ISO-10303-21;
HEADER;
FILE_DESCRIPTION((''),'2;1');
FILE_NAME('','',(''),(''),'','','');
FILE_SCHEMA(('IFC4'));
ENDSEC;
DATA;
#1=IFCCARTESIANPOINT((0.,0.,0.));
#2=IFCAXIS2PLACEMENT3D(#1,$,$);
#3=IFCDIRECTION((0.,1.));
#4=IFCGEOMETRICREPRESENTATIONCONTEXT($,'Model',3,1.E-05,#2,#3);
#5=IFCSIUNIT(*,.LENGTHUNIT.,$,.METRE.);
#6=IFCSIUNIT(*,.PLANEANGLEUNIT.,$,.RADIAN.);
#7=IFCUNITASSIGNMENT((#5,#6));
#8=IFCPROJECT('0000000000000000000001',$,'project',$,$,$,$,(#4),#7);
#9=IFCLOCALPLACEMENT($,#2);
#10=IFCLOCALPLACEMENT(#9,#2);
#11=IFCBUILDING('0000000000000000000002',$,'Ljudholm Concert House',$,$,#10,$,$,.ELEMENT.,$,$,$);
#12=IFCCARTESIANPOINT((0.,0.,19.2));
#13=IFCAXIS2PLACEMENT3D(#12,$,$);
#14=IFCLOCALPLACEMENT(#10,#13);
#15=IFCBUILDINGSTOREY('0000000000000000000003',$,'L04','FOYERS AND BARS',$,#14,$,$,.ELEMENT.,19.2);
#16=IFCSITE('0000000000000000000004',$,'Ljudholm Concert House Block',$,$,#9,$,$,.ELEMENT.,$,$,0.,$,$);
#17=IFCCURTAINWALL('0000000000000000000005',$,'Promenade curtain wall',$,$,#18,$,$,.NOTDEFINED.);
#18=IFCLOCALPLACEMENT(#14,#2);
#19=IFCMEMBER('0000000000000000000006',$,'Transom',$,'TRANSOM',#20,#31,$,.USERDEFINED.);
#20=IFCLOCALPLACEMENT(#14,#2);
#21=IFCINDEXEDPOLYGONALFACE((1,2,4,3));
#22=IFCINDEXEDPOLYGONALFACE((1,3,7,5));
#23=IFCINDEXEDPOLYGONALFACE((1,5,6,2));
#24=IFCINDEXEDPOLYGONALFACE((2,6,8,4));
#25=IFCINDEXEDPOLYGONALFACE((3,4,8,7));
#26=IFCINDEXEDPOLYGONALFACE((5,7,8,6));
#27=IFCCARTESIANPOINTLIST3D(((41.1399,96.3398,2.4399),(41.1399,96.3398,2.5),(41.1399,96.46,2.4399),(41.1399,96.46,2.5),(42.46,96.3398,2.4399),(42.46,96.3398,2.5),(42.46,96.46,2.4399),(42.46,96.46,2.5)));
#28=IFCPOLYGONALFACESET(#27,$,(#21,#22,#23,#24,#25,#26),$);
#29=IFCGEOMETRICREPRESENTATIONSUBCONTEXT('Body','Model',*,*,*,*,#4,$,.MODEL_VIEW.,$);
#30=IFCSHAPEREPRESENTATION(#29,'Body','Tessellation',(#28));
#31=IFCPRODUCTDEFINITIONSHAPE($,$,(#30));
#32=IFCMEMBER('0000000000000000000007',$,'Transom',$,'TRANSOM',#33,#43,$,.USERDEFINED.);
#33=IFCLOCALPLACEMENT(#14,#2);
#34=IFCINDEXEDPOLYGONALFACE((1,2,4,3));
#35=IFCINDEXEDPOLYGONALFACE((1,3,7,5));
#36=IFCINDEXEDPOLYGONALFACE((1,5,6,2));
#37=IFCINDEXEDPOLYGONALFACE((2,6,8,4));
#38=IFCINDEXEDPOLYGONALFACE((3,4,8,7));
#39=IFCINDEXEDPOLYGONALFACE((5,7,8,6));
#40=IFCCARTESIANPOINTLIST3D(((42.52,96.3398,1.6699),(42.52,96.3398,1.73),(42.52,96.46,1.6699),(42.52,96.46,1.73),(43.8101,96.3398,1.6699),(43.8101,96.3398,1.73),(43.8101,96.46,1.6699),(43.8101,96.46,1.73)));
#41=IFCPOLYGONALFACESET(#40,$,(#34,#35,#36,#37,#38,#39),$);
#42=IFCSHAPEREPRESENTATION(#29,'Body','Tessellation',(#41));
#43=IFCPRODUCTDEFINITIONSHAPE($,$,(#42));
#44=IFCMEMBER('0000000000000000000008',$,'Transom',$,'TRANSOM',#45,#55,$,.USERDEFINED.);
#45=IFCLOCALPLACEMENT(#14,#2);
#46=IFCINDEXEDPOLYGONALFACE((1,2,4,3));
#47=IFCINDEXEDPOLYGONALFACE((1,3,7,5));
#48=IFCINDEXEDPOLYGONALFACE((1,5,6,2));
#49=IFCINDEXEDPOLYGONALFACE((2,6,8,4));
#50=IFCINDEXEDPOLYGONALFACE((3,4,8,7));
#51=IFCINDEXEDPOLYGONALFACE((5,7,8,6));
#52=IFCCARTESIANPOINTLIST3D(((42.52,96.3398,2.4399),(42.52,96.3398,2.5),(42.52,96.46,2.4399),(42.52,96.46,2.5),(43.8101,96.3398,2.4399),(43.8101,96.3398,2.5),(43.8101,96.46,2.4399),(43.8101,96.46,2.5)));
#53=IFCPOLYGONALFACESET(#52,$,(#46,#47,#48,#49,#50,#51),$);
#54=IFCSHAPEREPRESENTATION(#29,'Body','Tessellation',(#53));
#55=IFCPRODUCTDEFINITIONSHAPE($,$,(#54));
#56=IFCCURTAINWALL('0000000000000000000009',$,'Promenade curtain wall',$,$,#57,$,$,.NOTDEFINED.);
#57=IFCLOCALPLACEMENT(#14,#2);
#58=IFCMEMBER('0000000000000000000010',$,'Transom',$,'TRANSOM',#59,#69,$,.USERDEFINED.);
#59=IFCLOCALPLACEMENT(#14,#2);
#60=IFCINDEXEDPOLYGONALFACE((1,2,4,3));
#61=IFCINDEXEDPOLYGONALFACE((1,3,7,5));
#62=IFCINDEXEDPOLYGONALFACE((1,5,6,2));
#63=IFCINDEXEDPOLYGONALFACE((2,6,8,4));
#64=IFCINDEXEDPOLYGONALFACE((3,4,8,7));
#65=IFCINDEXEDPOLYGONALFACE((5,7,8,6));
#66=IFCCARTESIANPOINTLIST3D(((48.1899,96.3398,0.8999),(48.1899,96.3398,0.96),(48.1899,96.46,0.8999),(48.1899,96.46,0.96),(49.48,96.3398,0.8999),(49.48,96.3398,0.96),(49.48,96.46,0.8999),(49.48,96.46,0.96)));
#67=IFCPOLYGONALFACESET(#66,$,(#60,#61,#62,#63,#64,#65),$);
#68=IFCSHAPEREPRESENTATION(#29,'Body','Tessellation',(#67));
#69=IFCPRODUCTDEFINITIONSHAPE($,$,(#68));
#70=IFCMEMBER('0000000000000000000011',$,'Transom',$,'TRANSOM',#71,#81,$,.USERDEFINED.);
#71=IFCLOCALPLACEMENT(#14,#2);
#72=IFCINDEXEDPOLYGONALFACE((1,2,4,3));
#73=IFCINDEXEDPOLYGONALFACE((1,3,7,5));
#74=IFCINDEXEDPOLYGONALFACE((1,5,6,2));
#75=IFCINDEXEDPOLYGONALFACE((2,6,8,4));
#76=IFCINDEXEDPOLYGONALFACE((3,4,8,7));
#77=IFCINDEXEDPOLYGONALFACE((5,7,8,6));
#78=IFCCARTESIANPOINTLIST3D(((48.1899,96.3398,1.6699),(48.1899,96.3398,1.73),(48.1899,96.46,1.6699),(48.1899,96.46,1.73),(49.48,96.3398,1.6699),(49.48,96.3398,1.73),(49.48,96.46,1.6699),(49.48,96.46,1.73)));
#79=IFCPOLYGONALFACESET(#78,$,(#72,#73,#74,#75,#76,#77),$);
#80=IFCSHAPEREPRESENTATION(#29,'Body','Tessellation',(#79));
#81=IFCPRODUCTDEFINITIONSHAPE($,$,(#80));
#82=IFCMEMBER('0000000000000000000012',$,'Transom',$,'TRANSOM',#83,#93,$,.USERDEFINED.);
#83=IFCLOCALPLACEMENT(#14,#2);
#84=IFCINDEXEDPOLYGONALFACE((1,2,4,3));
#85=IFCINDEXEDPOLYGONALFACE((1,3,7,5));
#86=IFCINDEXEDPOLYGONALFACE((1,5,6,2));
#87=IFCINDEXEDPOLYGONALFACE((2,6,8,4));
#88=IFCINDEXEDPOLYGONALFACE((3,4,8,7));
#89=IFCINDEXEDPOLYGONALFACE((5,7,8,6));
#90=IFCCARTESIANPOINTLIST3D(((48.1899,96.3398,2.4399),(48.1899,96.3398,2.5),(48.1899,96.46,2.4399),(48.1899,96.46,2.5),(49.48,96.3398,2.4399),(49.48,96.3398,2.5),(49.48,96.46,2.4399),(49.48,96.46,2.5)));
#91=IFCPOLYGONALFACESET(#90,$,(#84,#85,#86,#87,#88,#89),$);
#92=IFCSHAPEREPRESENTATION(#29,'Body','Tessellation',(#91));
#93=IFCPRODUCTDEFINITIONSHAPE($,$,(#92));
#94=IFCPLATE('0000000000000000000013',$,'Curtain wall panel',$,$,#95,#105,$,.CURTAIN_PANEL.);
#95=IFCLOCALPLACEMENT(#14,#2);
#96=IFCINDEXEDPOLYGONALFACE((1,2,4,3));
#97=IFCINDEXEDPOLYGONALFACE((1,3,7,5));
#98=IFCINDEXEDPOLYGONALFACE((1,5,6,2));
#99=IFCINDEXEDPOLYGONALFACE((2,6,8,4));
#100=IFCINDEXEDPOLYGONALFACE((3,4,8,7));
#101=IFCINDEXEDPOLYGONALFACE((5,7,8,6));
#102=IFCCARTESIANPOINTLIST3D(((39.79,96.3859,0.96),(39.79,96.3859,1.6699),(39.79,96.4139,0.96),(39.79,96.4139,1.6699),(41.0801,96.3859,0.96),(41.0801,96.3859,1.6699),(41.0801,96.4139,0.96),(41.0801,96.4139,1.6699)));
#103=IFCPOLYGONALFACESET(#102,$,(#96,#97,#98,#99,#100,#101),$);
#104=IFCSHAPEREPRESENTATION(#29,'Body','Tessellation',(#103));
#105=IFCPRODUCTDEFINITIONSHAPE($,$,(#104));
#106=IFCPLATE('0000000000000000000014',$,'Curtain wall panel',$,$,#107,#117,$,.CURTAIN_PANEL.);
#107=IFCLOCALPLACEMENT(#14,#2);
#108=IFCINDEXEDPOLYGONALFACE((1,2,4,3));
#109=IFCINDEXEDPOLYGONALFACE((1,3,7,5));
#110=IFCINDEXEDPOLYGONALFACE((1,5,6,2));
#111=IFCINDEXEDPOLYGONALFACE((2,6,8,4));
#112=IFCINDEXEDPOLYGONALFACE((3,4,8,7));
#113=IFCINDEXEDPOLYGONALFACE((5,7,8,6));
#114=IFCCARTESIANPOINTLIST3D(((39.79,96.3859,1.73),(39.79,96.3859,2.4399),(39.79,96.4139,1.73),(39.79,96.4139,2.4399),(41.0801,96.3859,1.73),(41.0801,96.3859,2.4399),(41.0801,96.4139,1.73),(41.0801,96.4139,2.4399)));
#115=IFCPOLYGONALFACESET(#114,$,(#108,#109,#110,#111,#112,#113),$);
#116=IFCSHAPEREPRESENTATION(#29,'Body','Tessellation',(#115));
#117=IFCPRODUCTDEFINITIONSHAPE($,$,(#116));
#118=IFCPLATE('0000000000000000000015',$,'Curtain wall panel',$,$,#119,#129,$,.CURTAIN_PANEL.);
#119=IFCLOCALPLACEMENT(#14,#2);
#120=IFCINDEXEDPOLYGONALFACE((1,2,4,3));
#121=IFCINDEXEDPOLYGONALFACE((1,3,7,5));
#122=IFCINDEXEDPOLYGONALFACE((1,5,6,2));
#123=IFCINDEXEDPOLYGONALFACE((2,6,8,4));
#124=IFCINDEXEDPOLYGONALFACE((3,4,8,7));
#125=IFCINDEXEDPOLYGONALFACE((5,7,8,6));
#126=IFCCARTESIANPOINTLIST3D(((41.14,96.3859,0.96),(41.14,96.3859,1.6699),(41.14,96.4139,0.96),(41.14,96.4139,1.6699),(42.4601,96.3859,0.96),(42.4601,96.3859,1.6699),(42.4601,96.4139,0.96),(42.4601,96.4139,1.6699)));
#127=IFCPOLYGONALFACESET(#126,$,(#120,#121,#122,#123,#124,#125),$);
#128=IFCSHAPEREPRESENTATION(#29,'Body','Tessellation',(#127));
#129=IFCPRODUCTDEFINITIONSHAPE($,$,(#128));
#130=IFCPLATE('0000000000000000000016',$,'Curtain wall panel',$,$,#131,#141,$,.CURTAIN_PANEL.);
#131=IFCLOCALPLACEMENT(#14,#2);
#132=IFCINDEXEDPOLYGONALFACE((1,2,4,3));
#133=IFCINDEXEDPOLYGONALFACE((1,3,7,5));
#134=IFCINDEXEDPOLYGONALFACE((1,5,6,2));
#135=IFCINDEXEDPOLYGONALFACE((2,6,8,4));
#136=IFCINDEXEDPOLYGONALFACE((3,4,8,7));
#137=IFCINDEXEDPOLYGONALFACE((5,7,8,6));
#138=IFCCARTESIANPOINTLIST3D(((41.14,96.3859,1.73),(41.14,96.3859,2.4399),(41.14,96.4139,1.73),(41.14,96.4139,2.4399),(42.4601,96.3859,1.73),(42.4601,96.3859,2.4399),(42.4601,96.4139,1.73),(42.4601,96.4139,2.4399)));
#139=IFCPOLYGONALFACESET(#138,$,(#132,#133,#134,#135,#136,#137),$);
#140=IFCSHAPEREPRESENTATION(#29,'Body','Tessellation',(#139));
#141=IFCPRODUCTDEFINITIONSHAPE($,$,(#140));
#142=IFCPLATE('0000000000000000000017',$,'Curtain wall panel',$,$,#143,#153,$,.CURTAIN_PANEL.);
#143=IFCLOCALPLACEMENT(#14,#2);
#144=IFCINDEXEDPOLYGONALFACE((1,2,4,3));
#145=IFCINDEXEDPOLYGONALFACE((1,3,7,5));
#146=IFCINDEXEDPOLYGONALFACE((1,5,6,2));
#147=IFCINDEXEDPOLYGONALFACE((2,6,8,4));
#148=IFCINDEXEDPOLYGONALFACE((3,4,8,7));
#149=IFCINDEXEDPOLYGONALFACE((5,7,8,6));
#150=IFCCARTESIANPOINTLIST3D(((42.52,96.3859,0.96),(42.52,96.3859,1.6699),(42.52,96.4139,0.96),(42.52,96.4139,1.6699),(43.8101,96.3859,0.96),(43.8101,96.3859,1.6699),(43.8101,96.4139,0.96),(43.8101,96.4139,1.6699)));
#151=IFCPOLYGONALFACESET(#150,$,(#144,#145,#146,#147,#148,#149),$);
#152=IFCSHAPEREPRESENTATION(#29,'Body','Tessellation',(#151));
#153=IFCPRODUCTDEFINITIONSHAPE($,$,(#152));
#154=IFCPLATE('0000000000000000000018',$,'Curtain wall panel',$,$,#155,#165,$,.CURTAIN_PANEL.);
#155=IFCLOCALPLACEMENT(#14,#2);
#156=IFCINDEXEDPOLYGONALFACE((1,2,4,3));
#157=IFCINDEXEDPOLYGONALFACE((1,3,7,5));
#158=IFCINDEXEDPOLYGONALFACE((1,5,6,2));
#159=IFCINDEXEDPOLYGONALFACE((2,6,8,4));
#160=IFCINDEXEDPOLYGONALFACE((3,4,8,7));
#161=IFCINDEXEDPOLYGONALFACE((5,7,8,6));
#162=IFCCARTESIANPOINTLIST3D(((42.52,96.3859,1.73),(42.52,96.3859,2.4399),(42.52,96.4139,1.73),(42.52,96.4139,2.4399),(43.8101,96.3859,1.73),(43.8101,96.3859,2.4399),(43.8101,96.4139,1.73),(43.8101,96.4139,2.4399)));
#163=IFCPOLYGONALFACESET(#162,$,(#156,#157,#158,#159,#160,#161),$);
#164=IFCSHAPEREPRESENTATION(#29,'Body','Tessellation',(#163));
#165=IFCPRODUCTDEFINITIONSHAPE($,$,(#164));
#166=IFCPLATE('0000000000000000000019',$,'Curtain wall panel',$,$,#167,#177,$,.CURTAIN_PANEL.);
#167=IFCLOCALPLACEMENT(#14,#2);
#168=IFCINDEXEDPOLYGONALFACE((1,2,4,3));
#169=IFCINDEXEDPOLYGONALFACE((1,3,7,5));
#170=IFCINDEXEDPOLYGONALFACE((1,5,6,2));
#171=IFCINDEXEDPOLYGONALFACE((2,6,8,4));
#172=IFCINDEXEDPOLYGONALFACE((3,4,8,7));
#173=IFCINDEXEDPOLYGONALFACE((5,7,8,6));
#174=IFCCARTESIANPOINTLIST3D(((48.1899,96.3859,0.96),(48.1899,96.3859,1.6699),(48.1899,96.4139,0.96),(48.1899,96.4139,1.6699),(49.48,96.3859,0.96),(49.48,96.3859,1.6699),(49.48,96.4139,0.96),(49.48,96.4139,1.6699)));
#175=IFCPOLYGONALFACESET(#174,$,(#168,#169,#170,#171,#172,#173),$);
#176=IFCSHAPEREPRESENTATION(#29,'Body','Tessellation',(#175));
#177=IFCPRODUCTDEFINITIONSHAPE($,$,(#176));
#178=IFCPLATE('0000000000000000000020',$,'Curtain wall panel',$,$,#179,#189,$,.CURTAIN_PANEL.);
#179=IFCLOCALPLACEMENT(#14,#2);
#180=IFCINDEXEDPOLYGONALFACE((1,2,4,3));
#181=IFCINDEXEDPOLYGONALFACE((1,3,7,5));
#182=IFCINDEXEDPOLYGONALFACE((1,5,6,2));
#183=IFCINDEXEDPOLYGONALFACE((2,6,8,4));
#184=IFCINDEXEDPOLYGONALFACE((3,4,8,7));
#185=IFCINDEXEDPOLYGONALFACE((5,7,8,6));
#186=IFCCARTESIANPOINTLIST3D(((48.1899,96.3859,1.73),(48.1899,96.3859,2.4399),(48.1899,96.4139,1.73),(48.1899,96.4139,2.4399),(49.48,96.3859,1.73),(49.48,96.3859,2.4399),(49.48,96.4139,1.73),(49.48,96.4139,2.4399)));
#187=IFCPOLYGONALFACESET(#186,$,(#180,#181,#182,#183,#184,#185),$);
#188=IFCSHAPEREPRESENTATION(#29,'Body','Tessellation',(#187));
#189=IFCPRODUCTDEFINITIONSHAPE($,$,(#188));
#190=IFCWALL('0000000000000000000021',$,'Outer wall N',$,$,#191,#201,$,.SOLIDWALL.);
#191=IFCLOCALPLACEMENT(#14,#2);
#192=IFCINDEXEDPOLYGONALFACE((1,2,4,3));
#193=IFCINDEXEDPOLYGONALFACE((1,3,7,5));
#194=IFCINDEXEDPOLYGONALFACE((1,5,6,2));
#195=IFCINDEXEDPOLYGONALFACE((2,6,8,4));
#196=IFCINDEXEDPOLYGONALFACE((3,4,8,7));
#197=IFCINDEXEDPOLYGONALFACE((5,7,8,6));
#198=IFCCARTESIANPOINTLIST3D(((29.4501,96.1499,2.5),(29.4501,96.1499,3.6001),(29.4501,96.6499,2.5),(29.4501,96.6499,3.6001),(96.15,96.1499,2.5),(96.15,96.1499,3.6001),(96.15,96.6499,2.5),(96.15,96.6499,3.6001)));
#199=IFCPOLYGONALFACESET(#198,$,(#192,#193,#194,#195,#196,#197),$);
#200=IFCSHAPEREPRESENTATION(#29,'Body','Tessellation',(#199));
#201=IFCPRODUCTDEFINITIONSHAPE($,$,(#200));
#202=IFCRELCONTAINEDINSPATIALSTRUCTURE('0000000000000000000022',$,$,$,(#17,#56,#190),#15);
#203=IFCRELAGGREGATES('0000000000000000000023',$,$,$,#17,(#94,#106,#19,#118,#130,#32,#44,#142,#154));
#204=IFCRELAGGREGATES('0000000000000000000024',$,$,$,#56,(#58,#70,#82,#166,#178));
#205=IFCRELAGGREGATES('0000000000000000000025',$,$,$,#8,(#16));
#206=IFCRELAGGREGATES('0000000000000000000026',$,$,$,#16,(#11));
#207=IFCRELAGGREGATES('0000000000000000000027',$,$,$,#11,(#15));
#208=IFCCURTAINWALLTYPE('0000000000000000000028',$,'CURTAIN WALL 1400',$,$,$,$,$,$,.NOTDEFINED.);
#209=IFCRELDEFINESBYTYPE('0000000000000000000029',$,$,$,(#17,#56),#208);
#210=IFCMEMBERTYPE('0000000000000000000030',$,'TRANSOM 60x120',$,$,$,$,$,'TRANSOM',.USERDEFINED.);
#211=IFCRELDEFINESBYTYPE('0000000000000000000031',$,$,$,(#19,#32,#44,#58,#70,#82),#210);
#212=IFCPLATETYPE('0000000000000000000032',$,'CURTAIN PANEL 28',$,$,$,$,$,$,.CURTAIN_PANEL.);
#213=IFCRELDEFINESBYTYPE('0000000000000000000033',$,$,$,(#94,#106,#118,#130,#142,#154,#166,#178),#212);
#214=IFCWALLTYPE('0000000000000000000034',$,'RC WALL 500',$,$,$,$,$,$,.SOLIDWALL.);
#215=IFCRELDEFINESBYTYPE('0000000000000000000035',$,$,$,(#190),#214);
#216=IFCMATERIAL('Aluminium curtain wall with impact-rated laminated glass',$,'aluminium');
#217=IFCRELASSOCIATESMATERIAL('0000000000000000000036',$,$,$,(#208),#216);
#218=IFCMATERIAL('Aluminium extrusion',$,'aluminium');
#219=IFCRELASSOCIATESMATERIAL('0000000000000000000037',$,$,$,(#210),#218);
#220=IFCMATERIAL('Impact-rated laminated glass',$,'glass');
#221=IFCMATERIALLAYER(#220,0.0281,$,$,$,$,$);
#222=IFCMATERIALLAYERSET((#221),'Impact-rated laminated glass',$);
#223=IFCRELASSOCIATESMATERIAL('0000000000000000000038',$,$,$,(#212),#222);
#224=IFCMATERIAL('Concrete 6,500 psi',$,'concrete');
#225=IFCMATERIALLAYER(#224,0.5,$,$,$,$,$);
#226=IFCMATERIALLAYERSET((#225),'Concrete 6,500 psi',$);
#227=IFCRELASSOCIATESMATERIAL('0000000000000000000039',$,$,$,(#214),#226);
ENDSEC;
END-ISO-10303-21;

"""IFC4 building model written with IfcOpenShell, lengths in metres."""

from ifc_helpers import new_model, si_unit, direction, frame, frame_2d, origin, origin_2d, place, context, subcontext, project, spatial, rectangle, extrude, material, layer, layer_set, material_profile, profile_set, type_object, element, aggregate, save


model = new_model("IFC4")

# Units and contexts
model_context = context("Model", 3, precision=1e-05, world=origin(), true_north=direction((0.0, 1.0)))
body_context = subcontext(model_context, "Body", "Model", "MODEL_VIEW")
ifc_project = project(units=[si_unit("LENGTHUNIT", "METRE"), si_unit("PLANEANGLEUNIT", "RADIAN")], contexts=[model_context])

# Site, building, storey
site_placement = place(None, origin())
site = spatial("IfcSite", under=ifc_project, at=site_placement, Name="Ljudholm Concert House Block", CompositionType="ELEMENT", RefElevation=0.0)
building_placement = place(site_placement, origin())
building = spatial("IfcBuilding", under=site, at=building_placement, Name="Ljudholm Concert House", CompositionType="ELEMENT")
storey_placement = place(building_placement, frame((0.0, 0.0, 19.2)))
storey = spatial("IfcBuildingStorey", under=building, at=storey_placement, Name="L04", Description="FOYERS AND BARS", CompositionType="ELEMENT", Elevation=19.2)

# Curtain walls, members
ifc_material_1 = material(Name="Aluminium curtain wall with impact-rated laminated glass", Category="aluminium")
curtain_wall_type = type_object("IfcCurtainWallType", Name="CURTAIN WALL 1400", PredefinedType="NOTDEFINED", material=ifc_material_1)
curtain_wall_1_placement = place(storey_placement, origin())
curtain_wall_1 = element("IfcCurtainWall", 1, at=curtain_wall_1_placement, inside=storey, type_object=curtain_wall_type, Name="Promenade curtain wall", PredefinedType="NOTDEFINED")
ifc_material_2 = material(Name="Aluminium extrusion", Category="aluminium")
ifc_material_profile_1 = material_profile(ifc_material_2, rectangle(XDim=0.1201, YDim=0.0601, at=origin_2d()), Name="TRANSOM 60x120")
ifc_profile_set_1 = profile_set([ifc_material_profile_1], Name="Aluminium extrusion")
member_type = type_object("IfcMemberType", Name="TRANSOM 60x120", ElementType="TRANSOM", PredefinedType="USERDEFINED", material=ifc_profile_set_1)
member_1_placement = place(storey_placement, frame((41.1399, 96.3999, 2.47), z_axis=(1.0, 0.0, 0.0), x_axis=(0.0, 1.0, 0.0)))
member_1 = element("IfcMember", 2, at=member_1_placement, type_object=member_type, Name="Transom", ObjectType="TRANSOM", PredefinedType="USERDEFINED", context=body_context, shape_type="SweptSolid", body=[
    extrude(rectangle(XDim=0.1201, YDim=0.0601, at=origin_2d()), origin(), (0.0, 0.0, 1.0), 1.3201),
])
member_2_placement = place(storey_placement, frame((42.52, 96.3999, 1.7), z_axis=(1.0, 0.0, 0.0), x_axis=(0.0, 1.0, 0.0)))
member_2 = element("IfcMember", 3, at=member_2_placement, type_object=member_type, Name="Transom", ObjectType="TRANSOM", PredefinedType="USERDEFINED", context=body_context, shape_type="SweptSolid", body=[
    extrude(rectangle(XDim=0.1201, YDim=0.0601, at=origin_2d()), origin(), (0.0, 0.0, 1.0), 1.29),
])
member_3_placement = place(storey_placement, frame((42.52, 96.3999, 2.47), z_axis=(1.0, 0.0, 0.0), x_axis=(0.0, 1.0, 0.0)))
member_3 = element("IfcMember", 4, at=member_3_placement, type_object=member_type, Name="Transom", ObjectType="TRANSOM", PredefinedType="USERDEFINED", context=body_context, shape_type="SweptSolid", body=[
    extrude(rectangle(XDim=0.1201, YDim=0.0601, at=origin_2d()), origin(), (0.0, 0.0, 1.0), 1.29),
])
curtain_wall_2_placement = place(storey_placement, origin())
curtain_wall_2 = element("IfcCurtainWall", 5, at=curtain_wall_2_placement, inside=storey, type_object=curtain_wall_type, Name="Promenade curtain wall", PredefinedType="NOTDEFINED")
member_4_placement = place(storey_placement, frame((48.1899, 96.3999, 0.9299), z_axis=(1.0, 0.0, 0.0), x_axis=(0.0, 1.0, 0.0)))
member_4 = element("IfcMember", 6, at=member_4_placement, type_object=member_type, Name="Transom", ObjectType="TRANSOM", PredefinedType="USERDEFINED", context=body_context, shape_type="SweptSolid", body=[
    extrude(rectangle(XDim=0.1201, YDim=0.0601, at=origin_2d()), origin(), (0.0, 0.0, 1.0), 1.29),
])
member_5_placement = place(storey_placement, frame((48.1899, 96.3999, 1.7), z_axis=(1.0, 0.0, 0.0), x_axis=(0.0, 1.0, 0.0)))
member_5 = element("IfcMember", 7, at=member_5_placement, type_object=member_type, Name="Transom", ObjectType="TRANSOM", PredefinedType="USERDEFINED", context=body_context, shape_type="SweptSolid", body=[
    extrude(rectangle(XDim=0.1201, YDim=0.0601, at=origin_2d()), origin(), (0.0, 0.0, 1.0), 1.29),
])
member_6_placement = place(storey_placement, frame((48.1899, 96.3999, 2.47), z_axis=(1.0, 0.0, 0.0), x_axis=(0.0, 1.0, 0.0)))
member_6 = element("IfcMember", 8, at=member_6_placement, type_object=member_type, Name="Transom", ObjectType="TRANSOM", PredefinedType="USERDEFINED", context=body_context, shape_type="SweptSolid", body=[
    extrude(rectangle(XDim=0.1201, YDim=0.0601, at=origin_2d()), origin(), (0.0, 0.0, 1.0), 1.29),
])

# Plates
ifc_material_3 = material(Name="Impact-rated laminated glass", Category="glass")
ifc_layer_1 = layer(ifc_material_3, 0.0281)
ifc_layer_set_1 = layer_set([ifc_layer_1], Name="Impact-rated laminated glass")
plate_type = type_object("IfcPlateType", Name="CURTAIN PANEL 28", PredefinedType="CURTAIN_PANEL", material=ifc_layer_set_1)
plate_1_placement = place(storey_placement, frame((40.4351, 96.3999, 0.96), z_axis=(0.0, 0.0, 1.0), x_axis=(1.0, 0.0, 0.0)))
plate_1 = element("IfcPlate", 9, at=plate_1_placement, type_object=plate_type, Name="Curtain wall panel", PredefinedType="CURTAIN_PANEL", context=body_context, shape_type="SweptSolid", body=[
    extrude(rectangle(XDim=1.29, YDim=0.0281, at=origin_2d()), origin(), (0.0, 0.0, 1.0), 0.71),
])
plate_2_placement = place(storey_placement, frame((40.4351, 96.3999, 1.73), z_axis=(0.0, 0.0, 1.0), x_axis=(1.0, 0.0, 0.0)))
plate_2 = element("IfcPlate", 10, at=plate_2_placement, type_object=plate_type, Name="Curtain wall panel", PredefinedType="CURTAIN_PANEL", context=body_context, shape_type="SweptSolid", body=[
    extrude(rectangle(XDim=1.29, YDim=0.0281, at=origin_2d()), origin(), (0.0, 0.0, 1.0), 0.71),
])
plate_3_placement = place(storey_placement, frame((41.8, 96.3999, 0.96), z_axis=(0.0, 0.0, 1.0), x_axis=(1.0, 0.0, 0.0)))
plate_3 = element("IfcPlate", 11, at=plate_3_placement, type_object=plate_type, Name="Curtain wall panel", PredefinedType="CURTAIN_PANEL", context=body_context, shape_type="SweptSolid", body=[
    extrude(rectangle(XDim=1.3201, YDim=0.0281, at=origin_2d()), origin(), (0.0, 0.0, 1.0), 0.71),
])
plate_4_placement = place(storey_placement, frame((41.8, 96.3999, 1.73), z_axis=(0.0, 0.0, 1.0), x_axis=(1.0, 0.0, 0.0)))
plate_4 = element("IfcPlate", 12, at=plate_4_placement, type_object=plate_type, Name="Curtain wall panel", PredefinedType="CURTAIN_PANEL", context=body_context, shape_type="SweptSolid", body=[
    extrude(rectangle(XDim=1.3201, YDim=0.0281, at=origin_2d()), origin(), (0.0, 0.0, 1.0), 0.71),
])
plate_5_placement = place(storey_placement, frame((43.165, 96.3999, 0.96), z_axis=(0.0, 0.0, 1.0), x_axis=(1.0, 0.0, 0.0)))
plate_5 = element("IfcPlate", 13, at=plate_5_placement, type_object=plate_type, Name="Curtain wall panel", PredefinedType="CURTAIN_PANEL", context=body_context, shape_type="SweptSolid", body=[
    extrude(rectangle(XDim=1.29, YDim=0.0281, at=origin_2d()), origin(), (0.0, 0.0, 1.0), 0.71),
])
plate_6_placement = place(storey_placement, frame((43.165, 96.3999, 1.73), z_axis=(0.0, 0.0, 1.0), x_axis=(1.0, 0.0, 0.0)))
plate_6 = element("IfcPlate", 14, at=plate_6_placement, type_object=plate_type, Name="Curtain wall panel", PredefinedType="CURTAIN_PANEL", context=body_context, shape_type="SweptSolid", body=[
    extrude(rectangle(XDim=1.29, YDim=0.0281, at=origin_2d()), origin(), (0.0, 0.0, 1.0), 0.71),
])
aggregate(curtain_wall_1, [plate_1, plate_2, member_1, plate_3, plate_4, member_2, member_3, plate_5, plate_6])
plate_7_placement = place(storey_placement, frame((48.835, 96.3999, 0.96), z_axis=(0.0, 0.0, 1.0), x_axis=(1.0, 0.0, 0.0)))
plate_7 = element("IfcPlate", 15, at=plate_7_placement, type_object=plate_type, Name="Curtain wall panel", PredefinedType="CURTAIN_PANEL", context=body_context, shape_type="SweptSolid", body=[
    extrude(rectangle(XDim=1.29, YDim=0.0281, at=origin_2d()), origin(), (0.0, 0.0, 1.0), 0.71),
])
plate_8_placement = place(storey_placement, frame((48.835, 96.3999, 1.73), z_axis=(0.0, 0.0, 1.0), x_axis=(1.0, 0.0, 0.0)))
plate_8 = element("IfcPlate", 16, at=plate_8_placement, type_object=plate_type, Name="Curtain wall panel", PredefinedType="CURTAIN_PANEL", context=body_context, shape_type="SweptSolid", body=[
    extrude(rectangle(XDim=1.29, YDim=0.0281, at=origin_2d()), origin(), (0.0, 0.0, 1.0), 0.71),
])
aggregate(curtain_wall_2, [member_4, member_5, member_6, plate_7, plate_8])

# Wall
ifc_material_4 = material(Name="Concrete 6,500 psi", Category="concrete")
ifc_layer_2 = layer(ifc_material_4, 0.5)
ifc_layer_set_2 = layer_set([ifc_layer_2], Name="Concrete 6,500 psi")
wall_type = type_object("IfcWallType", Name="RC WALL 500", PredefinedType="SOLIDWALL", material=ifc_layer_set_2)
wall_placement = place(storey_placement, frame((29.45, 96.3999, 2.5), z_axis=(0.0, 0.0, 1.0), x_axis=(1.0, 0.0, 0.0)))
element("IfcWall", 17, at=wall_placement, inside=storey, type_object=wall_type, Name="Outer wall N", PredefinedType="SOLIDWALL", context=body_context, shape_type="SweptSolid", body=[
    extrude(rectangle(XDim=66.7, YDim=0.5, at=frame_2d((33.3501, 0.0))), origin(), (0.0, 0.0, 1.0), 1.1001),
])

save(model, "model.ifc")
